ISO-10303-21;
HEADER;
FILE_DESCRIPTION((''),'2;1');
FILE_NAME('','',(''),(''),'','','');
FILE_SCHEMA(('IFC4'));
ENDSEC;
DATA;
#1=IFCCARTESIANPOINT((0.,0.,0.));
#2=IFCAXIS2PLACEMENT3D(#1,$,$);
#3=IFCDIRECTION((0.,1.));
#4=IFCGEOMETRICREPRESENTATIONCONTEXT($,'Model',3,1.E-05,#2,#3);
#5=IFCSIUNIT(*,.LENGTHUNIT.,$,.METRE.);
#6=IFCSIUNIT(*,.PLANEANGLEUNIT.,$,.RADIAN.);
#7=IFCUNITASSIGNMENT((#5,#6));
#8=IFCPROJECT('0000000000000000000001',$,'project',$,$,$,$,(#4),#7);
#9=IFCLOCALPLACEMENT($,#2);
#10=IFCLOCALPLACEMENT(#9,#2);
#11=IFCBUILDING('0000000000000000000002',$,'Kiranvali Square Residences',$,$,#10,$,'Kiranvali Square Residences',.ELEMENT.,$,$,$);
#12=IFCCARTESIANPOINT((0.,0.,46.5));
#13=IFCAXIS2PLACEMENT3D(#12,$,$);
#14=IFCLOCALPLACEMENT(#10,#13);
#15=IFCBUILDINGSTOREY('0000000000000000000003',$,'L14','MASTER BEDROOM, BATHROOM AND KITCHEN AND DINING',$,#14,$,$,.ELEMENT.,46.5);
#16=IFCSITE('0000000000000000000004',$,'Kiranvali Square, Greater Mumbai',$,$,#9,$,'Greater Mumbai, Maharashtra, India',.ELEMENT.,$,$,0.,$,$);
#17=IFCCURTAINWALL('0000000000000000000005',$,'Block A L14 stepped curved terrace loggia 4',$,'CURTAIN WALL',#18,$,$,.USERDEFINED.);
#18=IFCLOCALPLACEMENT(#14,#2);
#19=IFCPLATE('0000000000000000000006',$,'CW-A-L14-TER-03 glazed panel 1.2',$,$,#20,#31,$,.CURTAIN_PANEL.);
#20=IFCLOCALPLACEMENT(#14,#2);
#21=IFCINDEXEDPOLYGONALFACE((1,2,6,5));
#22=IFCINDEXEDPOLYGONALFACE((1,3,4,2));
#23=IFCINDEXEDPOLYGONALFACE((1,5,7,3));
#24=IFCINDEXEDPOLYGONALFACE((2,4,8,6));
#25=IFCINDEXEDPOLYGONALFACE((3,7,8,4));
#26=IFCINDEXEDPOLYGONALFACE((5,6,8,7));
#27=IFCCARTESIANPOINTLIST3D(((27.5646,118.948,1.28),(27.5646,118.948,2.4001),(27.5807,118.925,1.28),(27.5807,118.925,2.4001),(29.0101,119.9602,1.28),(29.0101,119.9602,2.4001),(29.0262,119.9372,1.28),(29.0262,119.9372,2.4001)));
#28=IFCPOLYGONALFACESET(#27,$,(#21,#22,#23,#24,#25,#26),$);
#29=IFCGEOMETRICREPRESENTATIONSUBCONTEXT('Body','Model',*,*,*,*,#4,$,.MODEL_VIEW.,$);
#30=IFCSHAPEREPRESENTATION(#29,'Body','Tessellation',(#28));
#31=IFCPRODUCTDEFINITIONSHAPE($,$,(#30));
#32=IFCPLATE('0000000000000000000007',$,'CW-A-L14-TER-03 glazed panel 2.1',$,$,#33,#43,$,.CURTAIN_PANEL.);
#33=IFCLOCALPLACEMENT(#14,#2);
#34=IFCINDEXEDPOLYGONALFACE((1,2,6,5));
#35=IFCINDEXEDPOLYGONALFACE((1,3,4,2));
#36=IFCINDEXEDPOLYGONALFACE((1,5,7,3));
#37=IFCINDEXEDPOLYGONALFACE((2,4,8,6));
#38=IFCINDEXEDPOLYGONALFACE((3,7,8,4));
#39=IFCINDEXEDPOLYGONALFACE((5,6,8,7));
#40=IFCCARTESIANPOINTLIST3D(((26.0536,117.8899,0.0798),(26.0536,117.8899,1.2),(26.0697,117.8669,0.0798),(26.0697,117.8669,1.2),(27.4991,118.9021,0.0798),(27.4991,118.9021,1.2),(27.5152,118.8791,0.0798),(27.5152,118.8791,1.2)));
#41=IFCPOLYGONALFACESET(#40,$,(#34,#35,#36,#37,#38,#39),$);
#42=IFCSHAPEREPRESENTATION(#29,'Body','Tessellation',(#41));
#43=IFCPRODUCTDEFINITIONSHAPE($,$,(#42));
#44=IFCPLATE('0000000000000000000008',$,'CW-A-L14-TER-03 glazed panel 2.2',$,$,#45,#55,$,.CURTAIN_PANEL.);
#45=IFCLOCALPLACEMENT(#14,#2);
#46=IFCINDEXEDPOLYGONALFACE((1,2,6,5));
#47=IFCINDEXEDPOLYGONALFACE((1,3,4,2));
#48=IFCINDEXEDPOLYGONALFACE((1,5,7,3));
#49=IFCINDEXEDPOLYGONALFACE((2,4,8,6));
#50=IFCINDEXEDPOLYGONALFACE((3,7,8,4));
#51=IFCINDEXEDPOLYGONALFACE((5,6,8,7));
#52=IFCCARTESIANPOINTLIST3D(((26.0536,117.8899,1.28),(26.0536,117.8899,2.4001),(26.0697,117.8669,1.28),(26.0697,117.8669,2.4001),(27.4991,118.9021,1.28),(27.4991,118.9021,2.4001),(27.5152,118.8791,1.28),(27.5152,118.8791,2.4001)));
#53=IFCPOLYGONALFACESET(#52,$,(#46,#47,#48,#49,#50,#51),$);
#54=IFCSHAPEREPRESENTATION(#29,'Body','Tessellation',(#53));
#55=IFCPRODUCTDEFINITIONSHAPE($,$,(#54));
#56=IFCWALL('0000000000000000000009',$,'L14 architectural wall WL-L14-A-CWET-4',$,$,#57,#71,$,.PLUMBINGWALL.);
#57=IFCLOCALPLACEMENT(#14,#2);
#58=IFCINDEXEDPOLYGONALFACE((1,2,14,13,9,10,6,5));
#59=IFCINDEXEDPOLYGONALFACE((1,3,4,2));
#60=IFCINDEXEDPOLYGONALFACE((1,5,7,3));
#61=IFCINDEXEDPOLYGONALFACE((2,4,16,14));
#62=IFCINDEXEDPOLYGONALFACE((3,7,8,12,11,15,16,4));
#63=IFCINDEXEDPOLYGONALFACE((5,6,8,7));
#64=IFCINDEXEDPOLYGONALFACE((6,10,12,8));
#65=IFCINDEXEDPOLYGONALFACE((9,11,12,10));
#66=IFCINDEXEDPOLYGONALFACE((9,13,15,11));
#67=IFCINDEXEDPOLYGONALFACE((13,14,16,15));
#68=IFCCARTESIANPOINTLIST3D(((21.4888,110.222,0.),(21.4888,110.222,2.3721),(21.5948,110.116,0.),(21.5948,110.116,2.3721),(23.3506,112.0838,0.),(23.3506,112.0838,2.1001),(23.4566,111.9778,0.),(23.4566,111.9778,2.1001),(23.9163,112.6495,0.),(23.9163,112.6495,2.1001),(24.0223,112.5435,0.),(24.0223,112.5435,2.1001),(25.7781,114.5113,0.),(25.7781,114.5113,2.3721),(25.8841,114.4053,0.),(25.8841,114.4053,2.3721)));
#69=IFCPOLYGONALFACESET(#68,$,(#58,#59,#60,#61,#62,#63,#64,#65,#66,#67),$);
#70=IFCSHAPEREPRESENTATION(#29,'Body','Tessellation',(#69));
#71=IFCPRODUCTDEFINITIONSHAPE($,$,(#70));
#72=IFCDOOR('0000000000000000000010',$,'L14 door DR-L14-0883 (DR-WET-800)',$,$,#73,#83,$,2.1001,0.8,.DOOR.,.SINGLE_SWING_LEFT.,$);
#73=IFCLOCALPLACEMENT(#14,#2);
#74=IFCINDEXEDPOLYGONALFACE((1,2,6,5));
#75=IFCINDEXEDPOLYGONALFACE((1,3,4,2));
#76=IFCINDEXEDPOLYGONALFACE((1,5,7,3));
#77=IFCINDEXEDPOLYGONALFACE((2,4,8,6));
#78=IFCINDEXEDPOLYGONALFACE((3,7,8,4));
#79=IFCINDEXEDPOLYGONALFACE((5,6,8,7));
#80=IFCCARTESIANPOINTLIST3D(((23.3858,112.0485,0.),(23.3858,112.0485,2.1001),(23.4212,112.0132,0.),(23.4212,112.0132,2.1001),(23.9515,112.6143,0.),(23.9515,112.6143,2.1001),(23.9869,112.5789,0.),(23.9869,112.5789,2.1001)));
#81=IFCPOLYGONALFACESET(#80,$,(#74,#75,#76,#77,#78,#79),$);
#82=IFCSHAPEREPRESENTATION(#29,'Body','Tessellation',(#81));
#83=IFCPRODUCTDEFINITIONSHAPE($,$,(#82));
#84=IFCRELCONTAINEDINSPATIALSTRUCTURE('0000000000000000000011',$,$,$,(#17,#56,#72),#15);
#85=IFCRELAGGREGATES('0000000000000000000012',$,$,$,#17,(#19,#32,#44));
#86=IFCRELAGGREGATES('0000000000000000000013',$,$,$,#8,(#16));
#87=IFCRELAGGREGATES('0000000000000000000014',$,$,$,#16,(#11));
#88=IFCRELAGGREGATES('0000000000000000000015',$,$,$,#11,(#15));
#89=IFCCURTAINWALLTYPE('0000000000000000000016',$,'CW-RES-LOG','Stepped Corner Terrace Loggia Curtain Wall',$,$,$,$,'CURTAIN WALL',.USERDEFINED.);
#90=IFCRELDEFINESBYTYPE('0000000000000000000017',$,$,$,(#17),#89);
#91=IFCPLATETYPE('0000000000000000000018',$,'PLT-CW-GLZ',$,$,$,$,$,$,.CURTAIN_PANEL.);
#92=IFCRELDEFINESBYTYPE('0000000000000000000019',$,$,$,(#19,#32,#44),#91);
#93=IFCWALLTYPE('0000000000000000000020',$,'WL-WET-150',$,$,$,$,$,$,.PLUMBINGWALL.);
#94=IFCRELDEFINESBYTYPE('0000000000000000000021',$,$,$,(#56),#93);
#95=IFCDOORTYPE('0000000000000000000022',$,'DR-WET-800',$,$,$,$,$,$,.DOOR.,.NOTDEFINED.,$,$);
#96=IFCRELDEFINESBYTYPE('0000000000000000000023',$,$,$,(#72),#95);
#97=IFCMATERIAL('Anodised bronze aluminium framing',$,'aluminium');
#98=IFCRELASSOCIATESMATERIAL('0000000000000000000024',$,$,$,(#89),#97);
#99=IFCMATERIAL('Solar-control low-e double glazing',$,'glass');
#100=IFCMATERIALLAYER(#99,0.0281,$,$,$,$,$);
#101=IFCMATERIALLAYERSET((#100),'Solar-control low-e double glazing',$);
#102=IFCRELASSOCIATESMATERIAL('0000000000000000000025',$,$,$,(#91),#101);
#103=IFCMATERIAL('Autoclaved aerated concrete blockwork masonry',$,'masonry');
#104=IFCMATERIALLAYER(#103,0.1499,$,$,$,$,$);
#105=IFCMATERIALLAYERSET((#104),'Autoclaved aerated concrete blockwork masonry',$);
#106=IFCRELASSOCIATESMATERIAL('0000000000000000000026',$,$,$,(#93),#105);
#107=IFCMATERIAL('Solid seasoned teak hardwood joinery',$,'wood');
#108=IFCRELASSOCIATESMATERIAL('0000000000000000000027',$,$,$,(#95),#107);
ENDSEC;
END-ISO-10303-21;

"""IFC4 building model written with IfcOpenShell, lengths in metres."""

from ifc_helpers import new_model, si_unit, direction, frame, frame_2d, origin, origin_2d, place, context, subcontext, project, spatial, rectangle, extrude, material, layer, layer_set, type_object, element, fill, aggregate, save


model = new_model("IFC4")

# Units and contexts
model_context = context("Model", 3, precision=1e-05, world=origin(), true_north=direction((0.0, 1.0)))
body_context = subcontext(model_context, "Body", "Model", "MODEL_VIEW")
ifc_project = project(units=[si_unit("LENGTHUNIT", "METRE"), si_unit("PLANEANGLEUNIT", "RADIAN")], contexts=[model_context])

# Site, building, storey
site_placement = place(None, origin())
site = spatial("IfcSite", under=ifc_project, at=site_placement, Name="Kiranvali Square, Greater Mumbai", LongName="Greater Mumbai, Maharashtra, India", CompositionType="ELEMENT", RefElevation=0.0)
building_placement = place(site_placement, origin())
building = spatial("IfcBuilding", under=site, at=building_placement, Name="Kiranvali Square Residences", LongName="Kiranvali Square Residences", CompositionType="ELEMENT")
storey_placement = place(building_placement, frame((0.0, 0.0, 46.5)))
storey = spatial("IfcBuildingStorey", under=building, at=storey_placement, Name="L14", Description="MASTER BEDROOM, BATHROOM AND KITCHEN AND DINING", CompositionType="ELEMENT", Elevation=46.5)

# Curtain wall
ifc_material_1 = material(Name="Anodised bronze aluminium framing", Category="aluminium")
curtain_wall_type = type_object("IfcCurtainWallType", Name="CW-RES-LOG", Description="Stepped Corner Terrace Loggia Curtain Wall", ElementType="CURTAIN WALL", PredefinedType="USERDEFINED", material=ifc_material_1)
curtain_wall_placement = place(storey_placement, origin())
curtain_wall = element("IfcCurtainWall", 1, at=curtain_wall_placement, inside=storey, type_object=curtain_wall_type, Name="Block A L14 stepped curved terrace loggia 4", ObjectType="CURTAIN WALL", PredefinedType="USERDEFINED")

# Plates
ifc_material_2 = material(Name="Solar-control low-e double glazing", Category="glass")
ifc_layer_1 = layer(ifc_material_2, 0.0281)
ifc_layer_set_1 = layer_set([ifc_layer_1], Name="Solar-control low-e double glazing")
plate_type = type_object("IfcPlateType", Name="PLT-CW-GLZ", PredefinedType="CURTAIN_PANEL", material=ifc_layer_set_1)
plate_1_placement = place(storey_placement, frame((28.2954, 119.4426, 1.28), z_axis=(0.0, 0.0, 1.0), x_axis=(-0.819152, -0.573576, 0.0)))
plate_1 = element("IfcPlate", 2, at=plate_1_placement, type_object=plate_type, Name="CW-A-L14-TER-03 glazed panel 1.2", PredefinedType="CURTAIN_PANEL", context=body_context, shape_type="SweptSolid", body=[
    extrude(rectangle(XDim=1.7646, YDim=0.0281, at=origin_2d()), origin(), (0.0, 0.0, 1.0), 1.1201),
])
plate_2_placement = place(storey_placement, frame((26.7844, 118.3845, 0.0798), z_axis=(0.0, 0.0, 1.0), x_axis=(-0.819152, -0.573576, 0.0)))
plate_2 = element("IfcPlate", 3, at=plate_2_placement, type_object=plate_type, Name="CW-A-L14-TER-03 glazed panel 2.1", PredefinedType="CURTAIN_PANEL", context=body_context, shape_type="SweptSolid", body=[
    extrude(rectangle(XDim=1.7646, YDim=0.0281, at=origin_2d()), origin(), (0.0, 0.0, 1.0), 1.1201),
])
plate_3_placement = place(storey_placement, frame((26.7844, 118.3845, 1.28), z_axis=(0.0, 0.0, 1.0), x_axis=(-0.819152, -0.573576, 0.0)))
plate_3 = element("IfcPlate", 4, at=plate_3_placement, type_object=plate_type, Name="CW-A-L14-TER-03 glazed panel 2.2", PredefinedType="CURTAIN_PANEL", context=body_context, shape_type="SweptSolid", body=[
    extrude(rectangle(XDim=1.7646, YDim=0.0281, at=origin_2d()), origin(), (0.0, 0.0, 1.0), 1.1201),
])
aggregate(curtain_wall, [plate_1, plate_2, plate_3])

# Wall, opening, door
ifc_material_3 = material(Name="Autoclaved aerated concrete blockwork masonry", Category="masonry")
ifc_layer_2 = layer(ifc_material_3, 0.1499)
ifc_layer_set_2 = layer_set([ifc_layer_2], Name="Autoclaved aerated concrete blockwork masonry")
wall_type = type_object("IfcWallType", Name="WL-WET-150", PredefinedType="PLUMBINGWALL", material=ifc_layer_set_2)
wall_placement = place(storey_placement, frame((25.8311, 114.4583, 0.0), z_axis=(0.0, 0.0, 1.0), x_axis=(-0.707107, -0.707107, 0.0)))
wall = element("IfcWall", 5, at=wall_placement, inside=storey, type_object=wall_type, Name="L14 architectural wall WL-L14-A-CWET-4", PredefinedType="PLUMBINGWALL", context=body_context, shape_type="SweptSolid", body=[
    extrude(rectangle(XDim=6.0659, YDim=0.1499, at=frame_2d((3.033, 0.0))), origin(), (0.0, 0.0, 1.0), 2.3721),
])
opening_placement = place(wall_placement, frame((2.6331, 0.0, 0.0)))
opening = element("IfcOpeningElement", 6, at=opening_placement, cuts=wall, PredefinedType="OPENING", context=body_context, shape_type="SweptSolid", body=[
    extrude(rectangle(XDim=0.8, YDim=2.1001, at=frame_2d((0.3999, 1.05))), frame((0.0, 0.085, 0.0), z_axis=(0.0, -1.0, 0.0), x_axis=(1.0, 0.0, 0.0)), (0.0, 0.0, 1.0), 0.1699),
])
ifc_material_4 = material(Name="Solid seasoned teak hardwood joinery", Category="wood")
door_type = type_object("IfcDoorType", Name="DR-WET-800", OperationType="NOTDEFINED", PredefinedType="DOOR", material=ifc_material_4)
door_placement = place(opening_placement, origin())
door = element("IfcDoor", 7, at=door_placement, inside=storey, type_object=door_type, Name="L14 door DR-L14-0883 (DR-WET-800)", OperationType="SINGLE_SWING_LEFT", OverallHeight=2.1001, OverallWidth=0.8, PredefinedType="DOOR", context=body_context, shape_type="SweptSolid", body=[
    extrude(rectangle(XDim=0.8, YDim=2.1001, at=frame_2d((0.3999, 1.05))), frame((0.0, 0.0249, 0.0), z_axis=(0.0, -1.0, 0.0), x_axis=(1.0, 0.0, 0.0)), (0.0, 0.0, 1.0), 0.05),
])
fill(opening, door)

save(model, "model.ifc")
